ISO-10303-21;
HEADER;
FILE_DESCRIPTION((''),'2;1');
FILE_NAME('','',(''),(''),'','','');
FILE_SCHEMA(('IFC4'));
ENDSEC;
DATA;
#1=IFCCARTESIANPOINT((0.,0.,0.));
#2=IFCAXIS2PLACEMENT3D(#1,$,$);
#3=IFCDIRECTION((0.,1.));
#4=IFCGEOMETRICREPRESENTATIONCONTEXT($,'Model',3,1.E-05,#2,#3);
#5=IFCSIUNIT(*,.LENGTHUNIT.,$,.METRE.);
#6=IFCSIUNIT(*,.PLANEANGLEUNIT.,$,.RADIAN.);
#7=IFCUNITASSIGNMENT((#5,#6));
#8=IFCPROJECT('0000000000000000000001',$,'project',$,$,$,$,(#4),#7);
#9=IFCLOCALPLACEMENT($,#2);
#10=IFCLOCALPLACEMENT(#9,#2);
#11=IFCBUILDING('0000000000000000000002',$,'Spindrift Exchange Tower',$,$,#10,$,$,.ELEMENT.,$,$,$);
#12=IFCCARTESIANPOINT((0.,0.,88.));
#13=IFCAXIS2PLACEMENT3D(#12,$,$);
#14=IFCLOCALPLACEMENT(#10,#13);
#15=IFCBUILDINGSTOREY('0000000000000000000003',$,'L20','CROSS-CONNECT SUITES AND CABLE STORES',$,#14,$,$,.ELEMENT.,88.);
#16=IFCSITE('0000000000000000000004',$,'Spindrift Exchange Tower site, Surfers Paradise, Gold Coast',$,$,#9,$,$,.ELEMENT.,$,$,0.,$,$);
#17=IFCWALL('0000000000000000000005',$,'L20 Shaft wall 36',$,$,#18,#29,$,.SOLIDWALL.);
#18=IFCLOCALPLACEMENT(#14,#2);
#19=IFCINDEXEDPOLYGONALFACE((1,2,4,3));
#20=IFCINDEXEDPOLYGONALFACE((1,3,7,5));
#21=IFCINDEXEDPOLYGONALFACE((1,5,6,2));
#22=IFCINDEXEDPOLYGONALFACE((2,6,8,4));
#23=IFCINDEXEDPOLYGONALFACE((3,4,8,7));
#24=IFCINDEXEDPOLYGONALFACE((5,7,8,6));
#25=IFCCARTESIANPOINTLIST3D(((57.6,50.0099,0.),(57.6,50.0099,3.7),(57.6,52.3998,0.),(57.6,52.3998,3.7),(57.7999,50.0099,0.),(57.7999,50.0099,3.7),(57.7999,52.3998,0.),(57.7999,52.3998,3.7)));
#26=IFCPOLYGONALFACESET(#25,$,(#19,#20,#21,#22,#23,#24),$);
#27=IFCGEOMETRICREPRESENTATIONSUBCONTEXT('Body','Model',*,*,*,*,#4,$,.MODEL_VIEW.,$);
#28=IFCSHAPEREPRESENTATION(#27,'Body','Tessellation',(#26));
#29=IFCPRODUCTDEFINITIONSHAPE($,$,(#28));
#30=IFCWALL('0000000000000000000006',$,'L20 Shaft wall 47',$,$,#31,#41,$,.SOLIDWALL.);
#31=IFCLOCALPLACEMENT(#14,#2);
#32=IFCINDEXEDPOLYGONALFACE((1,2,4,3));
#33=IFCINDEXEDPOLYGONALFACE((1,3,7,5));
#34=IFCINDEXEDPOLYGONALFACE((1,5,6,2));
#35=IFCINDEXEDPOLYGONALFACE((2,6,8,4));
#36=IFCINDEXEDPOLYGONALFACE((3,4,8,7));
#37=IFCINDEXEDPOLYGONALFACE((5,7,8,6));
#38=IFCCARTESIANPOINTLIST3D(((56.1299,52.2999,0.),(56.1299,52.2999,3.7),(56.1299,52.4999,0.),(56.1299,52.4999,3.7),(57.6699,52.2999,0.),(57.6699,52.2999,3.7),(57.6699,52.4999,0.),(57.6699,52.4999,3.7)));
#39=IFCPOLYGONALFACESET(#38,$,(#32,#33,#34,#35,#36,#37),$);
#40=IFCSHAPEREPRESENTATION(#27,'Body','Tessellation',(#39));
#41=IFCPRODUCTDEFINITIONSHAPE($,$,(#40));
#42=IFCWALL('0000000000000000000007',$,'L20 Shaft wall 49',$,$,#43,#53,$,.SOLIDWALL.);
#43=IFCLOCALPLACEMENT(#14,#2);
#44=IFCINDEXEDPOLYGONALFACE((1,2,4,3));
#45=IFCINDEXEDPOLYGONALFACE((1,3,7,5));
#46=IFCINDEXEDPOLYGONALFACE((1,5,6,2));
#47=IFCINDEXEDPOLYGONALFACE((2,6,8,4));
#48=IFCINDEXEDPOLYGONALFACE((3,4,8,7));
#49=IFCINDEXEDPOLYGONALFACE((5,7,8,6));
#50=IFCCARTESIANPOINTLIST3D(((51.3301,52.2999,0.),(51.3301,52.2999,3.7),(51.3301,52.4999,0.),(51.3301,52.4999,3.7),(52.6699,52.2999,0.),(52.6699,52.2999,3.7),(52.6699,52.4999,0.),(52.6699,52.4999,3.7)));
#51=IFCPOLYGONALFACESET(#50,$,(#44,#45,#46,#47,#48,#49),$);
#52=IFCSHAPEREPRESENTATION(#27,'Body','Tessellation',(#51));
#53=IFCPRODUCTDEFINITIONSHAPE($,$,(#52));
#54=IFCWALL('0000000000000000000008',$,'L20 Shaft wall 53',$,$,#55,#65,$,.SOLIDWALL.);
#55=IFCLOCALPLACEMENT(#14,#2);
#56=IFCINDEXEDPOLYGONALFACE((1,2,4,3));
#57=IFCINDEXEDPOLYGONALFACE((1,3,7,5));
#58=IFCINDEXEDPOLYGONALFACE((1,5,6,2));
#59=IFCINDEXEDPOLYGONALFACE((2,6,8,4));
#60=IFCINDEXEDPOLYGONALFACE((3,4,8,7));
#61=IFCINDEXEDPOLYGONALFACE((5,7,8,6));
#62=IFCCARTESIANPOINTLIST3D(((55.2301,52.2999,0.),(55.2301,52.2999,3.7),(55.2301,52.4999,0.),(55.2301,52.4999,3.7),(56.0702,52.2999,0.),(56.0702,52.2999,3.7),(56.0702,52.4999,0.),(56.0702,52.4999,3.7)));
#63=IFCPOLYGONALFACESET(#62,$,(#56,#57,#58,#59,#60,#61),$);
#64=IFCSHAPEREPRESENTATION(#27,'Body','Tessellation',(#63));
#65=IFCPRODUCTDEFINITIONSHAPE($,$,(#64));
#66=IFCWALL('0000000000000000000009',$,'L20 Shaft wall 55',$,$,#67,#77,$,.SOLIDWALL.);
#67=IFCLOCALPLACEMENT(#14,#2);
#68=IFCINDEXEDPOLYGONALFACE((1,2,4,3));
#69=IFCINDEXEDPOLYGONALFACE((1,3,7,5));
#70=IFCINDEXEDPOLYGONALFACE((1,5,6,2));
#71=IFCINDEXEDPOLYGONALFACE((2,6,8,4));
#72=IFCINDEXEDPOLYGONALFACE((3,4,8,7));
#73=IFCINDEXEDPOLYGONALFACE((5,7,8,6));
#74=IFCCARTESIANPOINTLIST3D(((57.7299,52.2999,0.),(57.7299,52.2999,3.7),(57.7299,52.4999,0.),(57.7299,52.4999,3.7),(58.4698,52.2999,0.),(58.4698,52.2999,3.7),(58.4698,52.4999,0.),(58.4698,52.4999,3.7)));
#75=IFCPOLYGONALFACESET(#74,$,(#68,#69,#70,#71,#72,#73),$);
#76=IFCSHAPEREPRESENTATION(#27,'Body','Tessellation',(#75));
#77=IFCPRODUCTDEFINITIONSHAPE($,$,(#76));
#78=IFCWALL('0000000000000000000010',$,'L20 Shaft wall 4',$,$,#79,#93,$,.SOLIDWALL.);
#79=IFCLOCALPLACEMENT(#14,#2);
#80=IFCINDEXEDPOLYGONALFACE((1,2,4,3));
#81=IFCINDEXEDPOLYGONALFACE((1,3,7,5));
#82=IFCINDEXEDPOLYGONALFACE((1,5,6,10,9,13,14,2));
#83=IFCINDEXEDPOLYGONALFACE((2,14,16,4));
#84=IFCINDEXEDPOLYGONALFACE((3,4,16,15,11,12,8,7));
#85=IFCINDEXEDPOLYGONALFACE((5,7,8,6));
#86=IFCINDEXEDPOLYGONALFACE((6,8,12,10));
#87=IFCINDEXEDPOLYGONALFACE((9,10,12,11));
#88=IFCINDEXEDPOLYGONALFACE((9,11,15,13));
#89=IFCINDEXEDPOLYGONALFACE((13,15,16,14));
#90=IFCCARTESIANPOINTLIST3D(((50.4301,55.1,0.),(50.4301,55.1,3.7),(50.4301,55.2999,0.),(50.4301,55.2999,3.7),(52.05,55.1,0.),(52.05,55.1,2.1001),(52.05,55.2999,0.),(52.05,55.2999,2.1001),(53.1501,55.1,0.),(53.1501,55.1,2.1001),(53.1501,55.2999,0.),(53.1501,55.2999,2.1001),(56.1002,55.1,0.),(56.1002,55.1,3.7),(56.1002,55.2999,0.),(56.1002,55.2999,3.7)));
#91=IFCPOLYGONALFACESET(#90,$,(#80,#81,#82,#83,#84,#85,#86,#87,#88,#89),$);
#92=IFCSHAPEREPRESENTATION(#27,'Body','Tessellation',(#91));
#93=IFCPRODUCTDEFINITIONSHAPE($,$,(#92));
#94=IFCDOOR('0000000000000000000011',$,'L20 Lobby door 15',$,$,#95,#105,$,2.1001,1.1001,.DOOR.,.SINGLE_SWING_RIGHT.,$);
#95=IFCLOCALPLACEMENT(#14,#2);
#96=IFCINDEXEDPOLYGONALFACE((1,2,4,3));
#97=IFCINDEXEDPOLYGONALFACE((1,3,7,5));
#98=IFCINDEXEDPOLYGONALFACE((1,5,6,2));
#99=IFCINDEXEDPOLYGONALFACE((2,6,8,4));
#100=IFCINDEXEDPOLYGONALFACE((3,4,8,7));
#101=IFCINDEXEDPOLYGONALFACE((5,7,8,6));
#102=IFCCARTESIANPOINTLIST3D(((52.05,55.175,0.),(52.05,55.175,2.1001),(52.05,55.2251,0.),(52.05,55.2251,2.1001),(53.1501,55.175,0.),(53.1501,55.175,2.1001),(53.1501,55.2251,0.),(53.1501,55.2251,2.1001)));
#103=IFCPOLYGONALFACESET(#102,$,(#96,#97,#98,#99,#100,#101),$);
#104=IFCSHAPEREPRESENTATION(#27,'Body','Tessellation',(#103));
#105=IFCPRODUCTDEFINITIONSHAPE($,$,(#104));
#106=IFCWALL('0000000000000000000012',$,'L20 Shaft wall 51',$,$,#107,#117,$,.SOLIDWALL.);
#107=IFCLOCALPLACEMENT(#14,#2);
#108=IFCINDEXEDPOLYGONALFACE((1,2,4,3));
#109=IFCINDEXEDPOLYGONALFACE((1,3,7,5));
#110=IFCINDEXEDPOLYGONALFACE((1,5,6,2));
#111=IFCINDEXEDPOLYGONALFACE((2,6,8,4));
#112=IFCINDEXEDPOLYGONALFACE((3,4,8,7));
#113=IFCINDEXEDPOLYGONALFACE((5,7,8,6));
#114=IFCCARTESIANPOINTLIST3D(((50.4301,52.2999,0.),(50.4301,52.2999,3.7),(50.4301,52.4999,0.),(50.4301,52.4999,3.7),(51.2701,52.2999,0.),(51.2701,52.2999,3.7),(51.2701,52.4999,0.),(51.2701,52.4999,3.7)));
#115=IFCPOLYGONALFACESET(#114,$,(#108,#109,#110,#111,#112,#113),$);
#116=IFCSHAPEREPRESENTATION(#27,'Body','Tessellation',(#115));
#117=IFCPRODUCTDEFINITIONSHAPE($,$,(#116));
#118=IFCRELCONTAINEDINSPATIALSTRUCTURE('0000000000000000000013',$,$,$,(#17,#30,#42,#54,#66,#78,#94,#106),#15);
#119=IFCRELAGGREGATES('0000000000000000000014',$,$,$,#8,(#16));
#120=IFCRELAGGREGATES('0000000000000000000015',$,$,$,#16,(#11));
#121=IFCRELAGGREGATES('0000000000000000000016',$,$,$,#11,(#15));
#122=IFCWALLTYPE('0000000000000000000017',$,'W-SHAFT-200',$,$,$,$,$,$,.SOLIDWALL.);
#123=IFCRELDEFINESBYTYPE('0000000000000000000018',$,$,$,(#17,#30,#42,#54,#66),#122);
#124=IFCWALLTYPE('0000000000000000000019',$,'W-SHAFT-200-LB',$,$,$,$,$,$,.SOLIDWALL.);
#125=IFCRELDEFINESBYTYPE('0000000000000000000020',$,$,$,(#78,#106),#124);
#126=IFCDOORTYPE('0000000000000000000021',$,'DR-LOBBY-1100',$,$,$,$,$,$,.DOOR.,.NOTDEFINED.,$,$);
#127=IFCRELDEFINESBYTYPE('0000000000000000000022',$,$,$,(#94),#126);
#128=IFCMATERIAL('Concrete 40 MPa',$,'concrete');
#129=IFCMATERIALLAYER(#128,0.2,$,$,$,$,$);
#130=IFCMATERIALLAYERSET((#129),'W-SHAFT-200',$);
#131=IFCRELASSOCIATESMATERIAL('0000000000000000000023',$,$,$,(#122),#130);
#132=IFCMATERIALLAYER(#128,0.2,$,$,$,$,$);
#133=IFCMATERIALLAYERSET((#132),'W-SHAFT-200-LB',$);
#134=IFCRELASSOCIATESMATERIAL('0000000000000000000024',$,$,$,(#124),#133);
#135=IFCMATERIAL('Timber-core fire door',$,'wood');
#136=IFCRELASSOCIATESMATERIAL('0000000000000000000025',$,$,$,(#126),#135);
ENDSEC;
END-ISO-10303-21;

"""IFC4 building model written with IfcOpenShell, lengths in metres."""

from ifc_helpers import new_model, si_unit, direction, frame, frame_2d, origin, place, context, subcontext, project, spatial, rectangle, extrude, source, transform, mapped, material, layer, layer_set, type_object, element, fill, save


model = new_model("IFC4")

# Units and contexts
model_context = context("Model", 3, precision=1e-05, world=origin(), true_north=direction((0.0, 1.0)))
body_context = subcontext(model_context, "Body", "Model", "MODEL_VIEW")
ifc_project = project(units=[si_unit("LENGTHUNIT", "METRE"), si_unit("PLANEANGLEUNIT", "RADIAN")], contexts=[model_context])

# Site, building, storey
site_placement = place(None, origin())
site = spatial("IfcSite", under=ifc_project, at=site_placement, Name="Spindrift Exchange Tower site, Surfers Paradise, Gold Coast", CompositionType="ELEMENT", RefElevation=0.0)
building_placement = place(site_placement, origin())
building = spatial("IfcBuilding", under=site, at=building_placement, Name="Spindrift Exchange Tower", CompositionType="ELEMENT")
storey_placement = place(building_placement, frame((0.0, 0.0, 88.0)))
storey = spatial("IfcBuildingStorey", under=building, at=storey_placement, Name="L20", Description="CROSS-CONNECT SUITES AND CABLE STORES", CompositionType="ELEMENT", Elevation=88.0)

# Shared definitions
ifc_material_1 = material(Name="Concrete 40 MPa", Category="concrete")
ifc_layer_1 = layer(ifc_material_1, 0.2)
ifc_layer_set_1 = layer_set([ifc_layer_1], Name="W-SHAFT-200")
wall_type_1 = type_object("IfcWallType", Name="W-SHAFT-200", PredefinedType="SOLIDWALL", material=ifc_layer_set_1)

# Walls
wall_1_placement = place(storey_placement, frame((57.7, 50.01, 0.0), z_axis=(0.0, 0.0, 1.0), x_axis=(0.0, 1.0, 0.0)))
element("IfcWall", 1, at=wall_1_placement, inside=storey, type_object=wall_type_1, Name="L20 Shaft wall 36", PredefinedType="SOLIDWALL", context=body_context, shape_type="SweptSolid", body=[
    extrude(rectangle(XDim=2.3899, YDim=0.2, at=frame_2d((1.1948, 0.0))), origin(), (0.0, 0.0, 1.0), 3.7),
])
wall_2_placement = place(storey_placement, frame((57.6699, 52.3999, 0.0), z_axis=(0.0, 0.0, 1.0), x_axis=(-1.0, 0.0, 0.0)))
element("IfcWall", 2, at=wall_2_placement, inside=storey, type_object=wall_type_1, Name="L20 Shaft wall 47", PredefinedType="SOLIDWALL", context=body_context, shape_type="SweptSolid", body=[
    extrude(rectangle(XDim=1.54, YDim=0.2, at=frame_2d((0.77, 0.0))), origin(), (0.0, 0.0, 1.0), 3.7),
])
wall_3_placement = place(storey_placement, frame((51.3301, 52.3999, 0.0), z_axis=(0.0, 0.0, 1.0), x_axis=(1.0, 0.0, 0.0)))
element("IfcWall", 3, at=wall_3_placement, inside=storey, type_object=wall_type_1, Name="L20 Shaft wall 49", PredefinedType="SOLIDWALL", context=body_context, shape_type="SweptSolid", body=[
    extrude(rectangle(XDim=1.3398, YDim=0.2, at=frame_2d((0.6699, 0.0))), origin(), (0.0, 0.0, 1.0), 3.7),
])
wall_4_placement = place(storey_placement, frame((56.0701, 52.3999, 0.0), z_axis=(0.0, 0.0, 1.0), x_axis=(-1.0, 0.0, 0.0)))
element("IfcWall", 4, at=wall_4_placement, inside=storey, type_object=wall_type_1, Name="L20 Shaft wall 53", PredefinedType="SOLIDWALL", context=body_context, shape_type="SweptSolid", body=[
    extrude(rectangle(XDim=0.8401, YDim=0.2, at=frame_2d((0.4199, 0.0))), origin(), (0.0, 0.0, 1.0), 3.7),
])
wall_5_placement = place(storey_placement, frame((58.47, 52.3999, 0.0), z_axis=(0.0, 0.0, 1.0), x_axis=(-1.0, 0.0, 0.0)))
element("IfcWall", 5, at=wall_5_placement, inside=storey, type_object=wall_type_1, Name="L20 Shaft wall 55", PredefinedType="SOLIDWALL", context=body_context, shape_type="SweptSolid", body=[
    extrude(rectangle(XDim=0.74, YDim=0.2, at=frame_2d((0.3701, 0.0))), origin(), (0.0, 0.0, 1.0), 3.7),
])

# Wall, opening, door
ifc_layer_2 = layer(ifc_material_1, 0.2)
ifc_layer_set_2 = layer_set([ifc_layer_2], Name="W-SHAFT-200-LB")
wall_type_2 = type_object("IfcWallType", Name="W-SHAFT-200-LB", PredefinedType="SOLIDWALL", material=ifc_layer_set_2)
wall_6_placement = place(storey_placement, frame((56.1001, 55.2, 0.0), z_axis=(0.0, 0.0, 1.0), x_axis=(-1.0, 0.0, 0.0)))
wall_6 = element("IfcWall", 6, at=wall_6_placement, inside=storey, type_object=wall_type_2, Name="L20 Shaft wall 4", PredefinedType="SOLIDWALL", context=body_context, shape_type="SweptSolid", body=[
    extrude(rectangle(XDim=5.6702, YDim=0.2, at=frame_2d((2.835, 0.0))), origin(), (0.0, 0.0, 1.0), 3.7),
])
opening_1_placement = place(wall_6_placement, frame((2.95, 0.0, 0.0)))
opening_1 = element("IfcOpeningElement", 7, at=opening_1_placement, cuts=wall_6, PredefinedType="OPENING", context=body_context, shape_type="SweptSolid", body=[
    extrude(rectangle(XDim=1.1001, YDim=2.1001, at=frame_2d((0.55, 1.05))), frame((0.0, 0.1099, 0.0), z_axis=(0.0, -1.0, 0.0), x_axis=(1.0, 0.0, 0.0)), (0.0, 0.0, 1.0), 0.22),
])
ifc_material_2 = material(Name="Timber-core fire door", Category="wood")
door_type_1 = type_object("IfcDoorType", Name="DR-LOBBY-1100", OperationType="NOTDEFINED", PredefinedType="DOOR", material=ifc_material_2)
shared_shape_1 = source(origin(), body_context, "Body", "SweptSolid", [
    extrude(rectangle(XDim=1.1001, YDim=2.1001, at=frame_2d((0.55, 1.05))), frame((0.0, 0.0249, 0.0), z_axis=(0.0, -1.0, 0.0), x_axis=(1.0, 0.0, 0.0)), (0.0, 0.0, 1.0), 0.05),
])
door_1_placement = place(opening_1_placement, origin())
door_1 = element("IfcDoor", 8, at=door_1_placement, inside=storey, type_object=door_type_1, Name="L20 Lobby door 15", OperationType="SINGLE_SWING_RIGHT", OverallHeight=2.1001, OverallWidth=1.1001, PredefinedType="DOOR", context=body_context, shape_type="MappedRepresentation", body=[
    mapped(shared_shape_1, transform((0.0, 0.0, 0.0), scale=1.0)),
])
fill(opening_1, door_1)

# Wall
wall_7_placement = place(storey_placement, frame((51.27, 52.3999, 0.0), z_axis=(0.0, 0.0, 1.0), x_axis=(-1.0, 0.0, 0.0)))
element("IfcWall", 9, at=wall_7_placement, inside=storey, type_object=wall_type_2, Name="L20 Shaft wall 51", PredefinedType="SOLIDWALL", context=body_context, shape_type="SweptSolid", body=[
    extrude(rectangle(XDim=0.8401, YDim=0.2, at=frame_2d((0.4199, 0.0))), origin(), (0.0, 0.0, 1.0), 3.7),
])

save(model, "model.ifc")
